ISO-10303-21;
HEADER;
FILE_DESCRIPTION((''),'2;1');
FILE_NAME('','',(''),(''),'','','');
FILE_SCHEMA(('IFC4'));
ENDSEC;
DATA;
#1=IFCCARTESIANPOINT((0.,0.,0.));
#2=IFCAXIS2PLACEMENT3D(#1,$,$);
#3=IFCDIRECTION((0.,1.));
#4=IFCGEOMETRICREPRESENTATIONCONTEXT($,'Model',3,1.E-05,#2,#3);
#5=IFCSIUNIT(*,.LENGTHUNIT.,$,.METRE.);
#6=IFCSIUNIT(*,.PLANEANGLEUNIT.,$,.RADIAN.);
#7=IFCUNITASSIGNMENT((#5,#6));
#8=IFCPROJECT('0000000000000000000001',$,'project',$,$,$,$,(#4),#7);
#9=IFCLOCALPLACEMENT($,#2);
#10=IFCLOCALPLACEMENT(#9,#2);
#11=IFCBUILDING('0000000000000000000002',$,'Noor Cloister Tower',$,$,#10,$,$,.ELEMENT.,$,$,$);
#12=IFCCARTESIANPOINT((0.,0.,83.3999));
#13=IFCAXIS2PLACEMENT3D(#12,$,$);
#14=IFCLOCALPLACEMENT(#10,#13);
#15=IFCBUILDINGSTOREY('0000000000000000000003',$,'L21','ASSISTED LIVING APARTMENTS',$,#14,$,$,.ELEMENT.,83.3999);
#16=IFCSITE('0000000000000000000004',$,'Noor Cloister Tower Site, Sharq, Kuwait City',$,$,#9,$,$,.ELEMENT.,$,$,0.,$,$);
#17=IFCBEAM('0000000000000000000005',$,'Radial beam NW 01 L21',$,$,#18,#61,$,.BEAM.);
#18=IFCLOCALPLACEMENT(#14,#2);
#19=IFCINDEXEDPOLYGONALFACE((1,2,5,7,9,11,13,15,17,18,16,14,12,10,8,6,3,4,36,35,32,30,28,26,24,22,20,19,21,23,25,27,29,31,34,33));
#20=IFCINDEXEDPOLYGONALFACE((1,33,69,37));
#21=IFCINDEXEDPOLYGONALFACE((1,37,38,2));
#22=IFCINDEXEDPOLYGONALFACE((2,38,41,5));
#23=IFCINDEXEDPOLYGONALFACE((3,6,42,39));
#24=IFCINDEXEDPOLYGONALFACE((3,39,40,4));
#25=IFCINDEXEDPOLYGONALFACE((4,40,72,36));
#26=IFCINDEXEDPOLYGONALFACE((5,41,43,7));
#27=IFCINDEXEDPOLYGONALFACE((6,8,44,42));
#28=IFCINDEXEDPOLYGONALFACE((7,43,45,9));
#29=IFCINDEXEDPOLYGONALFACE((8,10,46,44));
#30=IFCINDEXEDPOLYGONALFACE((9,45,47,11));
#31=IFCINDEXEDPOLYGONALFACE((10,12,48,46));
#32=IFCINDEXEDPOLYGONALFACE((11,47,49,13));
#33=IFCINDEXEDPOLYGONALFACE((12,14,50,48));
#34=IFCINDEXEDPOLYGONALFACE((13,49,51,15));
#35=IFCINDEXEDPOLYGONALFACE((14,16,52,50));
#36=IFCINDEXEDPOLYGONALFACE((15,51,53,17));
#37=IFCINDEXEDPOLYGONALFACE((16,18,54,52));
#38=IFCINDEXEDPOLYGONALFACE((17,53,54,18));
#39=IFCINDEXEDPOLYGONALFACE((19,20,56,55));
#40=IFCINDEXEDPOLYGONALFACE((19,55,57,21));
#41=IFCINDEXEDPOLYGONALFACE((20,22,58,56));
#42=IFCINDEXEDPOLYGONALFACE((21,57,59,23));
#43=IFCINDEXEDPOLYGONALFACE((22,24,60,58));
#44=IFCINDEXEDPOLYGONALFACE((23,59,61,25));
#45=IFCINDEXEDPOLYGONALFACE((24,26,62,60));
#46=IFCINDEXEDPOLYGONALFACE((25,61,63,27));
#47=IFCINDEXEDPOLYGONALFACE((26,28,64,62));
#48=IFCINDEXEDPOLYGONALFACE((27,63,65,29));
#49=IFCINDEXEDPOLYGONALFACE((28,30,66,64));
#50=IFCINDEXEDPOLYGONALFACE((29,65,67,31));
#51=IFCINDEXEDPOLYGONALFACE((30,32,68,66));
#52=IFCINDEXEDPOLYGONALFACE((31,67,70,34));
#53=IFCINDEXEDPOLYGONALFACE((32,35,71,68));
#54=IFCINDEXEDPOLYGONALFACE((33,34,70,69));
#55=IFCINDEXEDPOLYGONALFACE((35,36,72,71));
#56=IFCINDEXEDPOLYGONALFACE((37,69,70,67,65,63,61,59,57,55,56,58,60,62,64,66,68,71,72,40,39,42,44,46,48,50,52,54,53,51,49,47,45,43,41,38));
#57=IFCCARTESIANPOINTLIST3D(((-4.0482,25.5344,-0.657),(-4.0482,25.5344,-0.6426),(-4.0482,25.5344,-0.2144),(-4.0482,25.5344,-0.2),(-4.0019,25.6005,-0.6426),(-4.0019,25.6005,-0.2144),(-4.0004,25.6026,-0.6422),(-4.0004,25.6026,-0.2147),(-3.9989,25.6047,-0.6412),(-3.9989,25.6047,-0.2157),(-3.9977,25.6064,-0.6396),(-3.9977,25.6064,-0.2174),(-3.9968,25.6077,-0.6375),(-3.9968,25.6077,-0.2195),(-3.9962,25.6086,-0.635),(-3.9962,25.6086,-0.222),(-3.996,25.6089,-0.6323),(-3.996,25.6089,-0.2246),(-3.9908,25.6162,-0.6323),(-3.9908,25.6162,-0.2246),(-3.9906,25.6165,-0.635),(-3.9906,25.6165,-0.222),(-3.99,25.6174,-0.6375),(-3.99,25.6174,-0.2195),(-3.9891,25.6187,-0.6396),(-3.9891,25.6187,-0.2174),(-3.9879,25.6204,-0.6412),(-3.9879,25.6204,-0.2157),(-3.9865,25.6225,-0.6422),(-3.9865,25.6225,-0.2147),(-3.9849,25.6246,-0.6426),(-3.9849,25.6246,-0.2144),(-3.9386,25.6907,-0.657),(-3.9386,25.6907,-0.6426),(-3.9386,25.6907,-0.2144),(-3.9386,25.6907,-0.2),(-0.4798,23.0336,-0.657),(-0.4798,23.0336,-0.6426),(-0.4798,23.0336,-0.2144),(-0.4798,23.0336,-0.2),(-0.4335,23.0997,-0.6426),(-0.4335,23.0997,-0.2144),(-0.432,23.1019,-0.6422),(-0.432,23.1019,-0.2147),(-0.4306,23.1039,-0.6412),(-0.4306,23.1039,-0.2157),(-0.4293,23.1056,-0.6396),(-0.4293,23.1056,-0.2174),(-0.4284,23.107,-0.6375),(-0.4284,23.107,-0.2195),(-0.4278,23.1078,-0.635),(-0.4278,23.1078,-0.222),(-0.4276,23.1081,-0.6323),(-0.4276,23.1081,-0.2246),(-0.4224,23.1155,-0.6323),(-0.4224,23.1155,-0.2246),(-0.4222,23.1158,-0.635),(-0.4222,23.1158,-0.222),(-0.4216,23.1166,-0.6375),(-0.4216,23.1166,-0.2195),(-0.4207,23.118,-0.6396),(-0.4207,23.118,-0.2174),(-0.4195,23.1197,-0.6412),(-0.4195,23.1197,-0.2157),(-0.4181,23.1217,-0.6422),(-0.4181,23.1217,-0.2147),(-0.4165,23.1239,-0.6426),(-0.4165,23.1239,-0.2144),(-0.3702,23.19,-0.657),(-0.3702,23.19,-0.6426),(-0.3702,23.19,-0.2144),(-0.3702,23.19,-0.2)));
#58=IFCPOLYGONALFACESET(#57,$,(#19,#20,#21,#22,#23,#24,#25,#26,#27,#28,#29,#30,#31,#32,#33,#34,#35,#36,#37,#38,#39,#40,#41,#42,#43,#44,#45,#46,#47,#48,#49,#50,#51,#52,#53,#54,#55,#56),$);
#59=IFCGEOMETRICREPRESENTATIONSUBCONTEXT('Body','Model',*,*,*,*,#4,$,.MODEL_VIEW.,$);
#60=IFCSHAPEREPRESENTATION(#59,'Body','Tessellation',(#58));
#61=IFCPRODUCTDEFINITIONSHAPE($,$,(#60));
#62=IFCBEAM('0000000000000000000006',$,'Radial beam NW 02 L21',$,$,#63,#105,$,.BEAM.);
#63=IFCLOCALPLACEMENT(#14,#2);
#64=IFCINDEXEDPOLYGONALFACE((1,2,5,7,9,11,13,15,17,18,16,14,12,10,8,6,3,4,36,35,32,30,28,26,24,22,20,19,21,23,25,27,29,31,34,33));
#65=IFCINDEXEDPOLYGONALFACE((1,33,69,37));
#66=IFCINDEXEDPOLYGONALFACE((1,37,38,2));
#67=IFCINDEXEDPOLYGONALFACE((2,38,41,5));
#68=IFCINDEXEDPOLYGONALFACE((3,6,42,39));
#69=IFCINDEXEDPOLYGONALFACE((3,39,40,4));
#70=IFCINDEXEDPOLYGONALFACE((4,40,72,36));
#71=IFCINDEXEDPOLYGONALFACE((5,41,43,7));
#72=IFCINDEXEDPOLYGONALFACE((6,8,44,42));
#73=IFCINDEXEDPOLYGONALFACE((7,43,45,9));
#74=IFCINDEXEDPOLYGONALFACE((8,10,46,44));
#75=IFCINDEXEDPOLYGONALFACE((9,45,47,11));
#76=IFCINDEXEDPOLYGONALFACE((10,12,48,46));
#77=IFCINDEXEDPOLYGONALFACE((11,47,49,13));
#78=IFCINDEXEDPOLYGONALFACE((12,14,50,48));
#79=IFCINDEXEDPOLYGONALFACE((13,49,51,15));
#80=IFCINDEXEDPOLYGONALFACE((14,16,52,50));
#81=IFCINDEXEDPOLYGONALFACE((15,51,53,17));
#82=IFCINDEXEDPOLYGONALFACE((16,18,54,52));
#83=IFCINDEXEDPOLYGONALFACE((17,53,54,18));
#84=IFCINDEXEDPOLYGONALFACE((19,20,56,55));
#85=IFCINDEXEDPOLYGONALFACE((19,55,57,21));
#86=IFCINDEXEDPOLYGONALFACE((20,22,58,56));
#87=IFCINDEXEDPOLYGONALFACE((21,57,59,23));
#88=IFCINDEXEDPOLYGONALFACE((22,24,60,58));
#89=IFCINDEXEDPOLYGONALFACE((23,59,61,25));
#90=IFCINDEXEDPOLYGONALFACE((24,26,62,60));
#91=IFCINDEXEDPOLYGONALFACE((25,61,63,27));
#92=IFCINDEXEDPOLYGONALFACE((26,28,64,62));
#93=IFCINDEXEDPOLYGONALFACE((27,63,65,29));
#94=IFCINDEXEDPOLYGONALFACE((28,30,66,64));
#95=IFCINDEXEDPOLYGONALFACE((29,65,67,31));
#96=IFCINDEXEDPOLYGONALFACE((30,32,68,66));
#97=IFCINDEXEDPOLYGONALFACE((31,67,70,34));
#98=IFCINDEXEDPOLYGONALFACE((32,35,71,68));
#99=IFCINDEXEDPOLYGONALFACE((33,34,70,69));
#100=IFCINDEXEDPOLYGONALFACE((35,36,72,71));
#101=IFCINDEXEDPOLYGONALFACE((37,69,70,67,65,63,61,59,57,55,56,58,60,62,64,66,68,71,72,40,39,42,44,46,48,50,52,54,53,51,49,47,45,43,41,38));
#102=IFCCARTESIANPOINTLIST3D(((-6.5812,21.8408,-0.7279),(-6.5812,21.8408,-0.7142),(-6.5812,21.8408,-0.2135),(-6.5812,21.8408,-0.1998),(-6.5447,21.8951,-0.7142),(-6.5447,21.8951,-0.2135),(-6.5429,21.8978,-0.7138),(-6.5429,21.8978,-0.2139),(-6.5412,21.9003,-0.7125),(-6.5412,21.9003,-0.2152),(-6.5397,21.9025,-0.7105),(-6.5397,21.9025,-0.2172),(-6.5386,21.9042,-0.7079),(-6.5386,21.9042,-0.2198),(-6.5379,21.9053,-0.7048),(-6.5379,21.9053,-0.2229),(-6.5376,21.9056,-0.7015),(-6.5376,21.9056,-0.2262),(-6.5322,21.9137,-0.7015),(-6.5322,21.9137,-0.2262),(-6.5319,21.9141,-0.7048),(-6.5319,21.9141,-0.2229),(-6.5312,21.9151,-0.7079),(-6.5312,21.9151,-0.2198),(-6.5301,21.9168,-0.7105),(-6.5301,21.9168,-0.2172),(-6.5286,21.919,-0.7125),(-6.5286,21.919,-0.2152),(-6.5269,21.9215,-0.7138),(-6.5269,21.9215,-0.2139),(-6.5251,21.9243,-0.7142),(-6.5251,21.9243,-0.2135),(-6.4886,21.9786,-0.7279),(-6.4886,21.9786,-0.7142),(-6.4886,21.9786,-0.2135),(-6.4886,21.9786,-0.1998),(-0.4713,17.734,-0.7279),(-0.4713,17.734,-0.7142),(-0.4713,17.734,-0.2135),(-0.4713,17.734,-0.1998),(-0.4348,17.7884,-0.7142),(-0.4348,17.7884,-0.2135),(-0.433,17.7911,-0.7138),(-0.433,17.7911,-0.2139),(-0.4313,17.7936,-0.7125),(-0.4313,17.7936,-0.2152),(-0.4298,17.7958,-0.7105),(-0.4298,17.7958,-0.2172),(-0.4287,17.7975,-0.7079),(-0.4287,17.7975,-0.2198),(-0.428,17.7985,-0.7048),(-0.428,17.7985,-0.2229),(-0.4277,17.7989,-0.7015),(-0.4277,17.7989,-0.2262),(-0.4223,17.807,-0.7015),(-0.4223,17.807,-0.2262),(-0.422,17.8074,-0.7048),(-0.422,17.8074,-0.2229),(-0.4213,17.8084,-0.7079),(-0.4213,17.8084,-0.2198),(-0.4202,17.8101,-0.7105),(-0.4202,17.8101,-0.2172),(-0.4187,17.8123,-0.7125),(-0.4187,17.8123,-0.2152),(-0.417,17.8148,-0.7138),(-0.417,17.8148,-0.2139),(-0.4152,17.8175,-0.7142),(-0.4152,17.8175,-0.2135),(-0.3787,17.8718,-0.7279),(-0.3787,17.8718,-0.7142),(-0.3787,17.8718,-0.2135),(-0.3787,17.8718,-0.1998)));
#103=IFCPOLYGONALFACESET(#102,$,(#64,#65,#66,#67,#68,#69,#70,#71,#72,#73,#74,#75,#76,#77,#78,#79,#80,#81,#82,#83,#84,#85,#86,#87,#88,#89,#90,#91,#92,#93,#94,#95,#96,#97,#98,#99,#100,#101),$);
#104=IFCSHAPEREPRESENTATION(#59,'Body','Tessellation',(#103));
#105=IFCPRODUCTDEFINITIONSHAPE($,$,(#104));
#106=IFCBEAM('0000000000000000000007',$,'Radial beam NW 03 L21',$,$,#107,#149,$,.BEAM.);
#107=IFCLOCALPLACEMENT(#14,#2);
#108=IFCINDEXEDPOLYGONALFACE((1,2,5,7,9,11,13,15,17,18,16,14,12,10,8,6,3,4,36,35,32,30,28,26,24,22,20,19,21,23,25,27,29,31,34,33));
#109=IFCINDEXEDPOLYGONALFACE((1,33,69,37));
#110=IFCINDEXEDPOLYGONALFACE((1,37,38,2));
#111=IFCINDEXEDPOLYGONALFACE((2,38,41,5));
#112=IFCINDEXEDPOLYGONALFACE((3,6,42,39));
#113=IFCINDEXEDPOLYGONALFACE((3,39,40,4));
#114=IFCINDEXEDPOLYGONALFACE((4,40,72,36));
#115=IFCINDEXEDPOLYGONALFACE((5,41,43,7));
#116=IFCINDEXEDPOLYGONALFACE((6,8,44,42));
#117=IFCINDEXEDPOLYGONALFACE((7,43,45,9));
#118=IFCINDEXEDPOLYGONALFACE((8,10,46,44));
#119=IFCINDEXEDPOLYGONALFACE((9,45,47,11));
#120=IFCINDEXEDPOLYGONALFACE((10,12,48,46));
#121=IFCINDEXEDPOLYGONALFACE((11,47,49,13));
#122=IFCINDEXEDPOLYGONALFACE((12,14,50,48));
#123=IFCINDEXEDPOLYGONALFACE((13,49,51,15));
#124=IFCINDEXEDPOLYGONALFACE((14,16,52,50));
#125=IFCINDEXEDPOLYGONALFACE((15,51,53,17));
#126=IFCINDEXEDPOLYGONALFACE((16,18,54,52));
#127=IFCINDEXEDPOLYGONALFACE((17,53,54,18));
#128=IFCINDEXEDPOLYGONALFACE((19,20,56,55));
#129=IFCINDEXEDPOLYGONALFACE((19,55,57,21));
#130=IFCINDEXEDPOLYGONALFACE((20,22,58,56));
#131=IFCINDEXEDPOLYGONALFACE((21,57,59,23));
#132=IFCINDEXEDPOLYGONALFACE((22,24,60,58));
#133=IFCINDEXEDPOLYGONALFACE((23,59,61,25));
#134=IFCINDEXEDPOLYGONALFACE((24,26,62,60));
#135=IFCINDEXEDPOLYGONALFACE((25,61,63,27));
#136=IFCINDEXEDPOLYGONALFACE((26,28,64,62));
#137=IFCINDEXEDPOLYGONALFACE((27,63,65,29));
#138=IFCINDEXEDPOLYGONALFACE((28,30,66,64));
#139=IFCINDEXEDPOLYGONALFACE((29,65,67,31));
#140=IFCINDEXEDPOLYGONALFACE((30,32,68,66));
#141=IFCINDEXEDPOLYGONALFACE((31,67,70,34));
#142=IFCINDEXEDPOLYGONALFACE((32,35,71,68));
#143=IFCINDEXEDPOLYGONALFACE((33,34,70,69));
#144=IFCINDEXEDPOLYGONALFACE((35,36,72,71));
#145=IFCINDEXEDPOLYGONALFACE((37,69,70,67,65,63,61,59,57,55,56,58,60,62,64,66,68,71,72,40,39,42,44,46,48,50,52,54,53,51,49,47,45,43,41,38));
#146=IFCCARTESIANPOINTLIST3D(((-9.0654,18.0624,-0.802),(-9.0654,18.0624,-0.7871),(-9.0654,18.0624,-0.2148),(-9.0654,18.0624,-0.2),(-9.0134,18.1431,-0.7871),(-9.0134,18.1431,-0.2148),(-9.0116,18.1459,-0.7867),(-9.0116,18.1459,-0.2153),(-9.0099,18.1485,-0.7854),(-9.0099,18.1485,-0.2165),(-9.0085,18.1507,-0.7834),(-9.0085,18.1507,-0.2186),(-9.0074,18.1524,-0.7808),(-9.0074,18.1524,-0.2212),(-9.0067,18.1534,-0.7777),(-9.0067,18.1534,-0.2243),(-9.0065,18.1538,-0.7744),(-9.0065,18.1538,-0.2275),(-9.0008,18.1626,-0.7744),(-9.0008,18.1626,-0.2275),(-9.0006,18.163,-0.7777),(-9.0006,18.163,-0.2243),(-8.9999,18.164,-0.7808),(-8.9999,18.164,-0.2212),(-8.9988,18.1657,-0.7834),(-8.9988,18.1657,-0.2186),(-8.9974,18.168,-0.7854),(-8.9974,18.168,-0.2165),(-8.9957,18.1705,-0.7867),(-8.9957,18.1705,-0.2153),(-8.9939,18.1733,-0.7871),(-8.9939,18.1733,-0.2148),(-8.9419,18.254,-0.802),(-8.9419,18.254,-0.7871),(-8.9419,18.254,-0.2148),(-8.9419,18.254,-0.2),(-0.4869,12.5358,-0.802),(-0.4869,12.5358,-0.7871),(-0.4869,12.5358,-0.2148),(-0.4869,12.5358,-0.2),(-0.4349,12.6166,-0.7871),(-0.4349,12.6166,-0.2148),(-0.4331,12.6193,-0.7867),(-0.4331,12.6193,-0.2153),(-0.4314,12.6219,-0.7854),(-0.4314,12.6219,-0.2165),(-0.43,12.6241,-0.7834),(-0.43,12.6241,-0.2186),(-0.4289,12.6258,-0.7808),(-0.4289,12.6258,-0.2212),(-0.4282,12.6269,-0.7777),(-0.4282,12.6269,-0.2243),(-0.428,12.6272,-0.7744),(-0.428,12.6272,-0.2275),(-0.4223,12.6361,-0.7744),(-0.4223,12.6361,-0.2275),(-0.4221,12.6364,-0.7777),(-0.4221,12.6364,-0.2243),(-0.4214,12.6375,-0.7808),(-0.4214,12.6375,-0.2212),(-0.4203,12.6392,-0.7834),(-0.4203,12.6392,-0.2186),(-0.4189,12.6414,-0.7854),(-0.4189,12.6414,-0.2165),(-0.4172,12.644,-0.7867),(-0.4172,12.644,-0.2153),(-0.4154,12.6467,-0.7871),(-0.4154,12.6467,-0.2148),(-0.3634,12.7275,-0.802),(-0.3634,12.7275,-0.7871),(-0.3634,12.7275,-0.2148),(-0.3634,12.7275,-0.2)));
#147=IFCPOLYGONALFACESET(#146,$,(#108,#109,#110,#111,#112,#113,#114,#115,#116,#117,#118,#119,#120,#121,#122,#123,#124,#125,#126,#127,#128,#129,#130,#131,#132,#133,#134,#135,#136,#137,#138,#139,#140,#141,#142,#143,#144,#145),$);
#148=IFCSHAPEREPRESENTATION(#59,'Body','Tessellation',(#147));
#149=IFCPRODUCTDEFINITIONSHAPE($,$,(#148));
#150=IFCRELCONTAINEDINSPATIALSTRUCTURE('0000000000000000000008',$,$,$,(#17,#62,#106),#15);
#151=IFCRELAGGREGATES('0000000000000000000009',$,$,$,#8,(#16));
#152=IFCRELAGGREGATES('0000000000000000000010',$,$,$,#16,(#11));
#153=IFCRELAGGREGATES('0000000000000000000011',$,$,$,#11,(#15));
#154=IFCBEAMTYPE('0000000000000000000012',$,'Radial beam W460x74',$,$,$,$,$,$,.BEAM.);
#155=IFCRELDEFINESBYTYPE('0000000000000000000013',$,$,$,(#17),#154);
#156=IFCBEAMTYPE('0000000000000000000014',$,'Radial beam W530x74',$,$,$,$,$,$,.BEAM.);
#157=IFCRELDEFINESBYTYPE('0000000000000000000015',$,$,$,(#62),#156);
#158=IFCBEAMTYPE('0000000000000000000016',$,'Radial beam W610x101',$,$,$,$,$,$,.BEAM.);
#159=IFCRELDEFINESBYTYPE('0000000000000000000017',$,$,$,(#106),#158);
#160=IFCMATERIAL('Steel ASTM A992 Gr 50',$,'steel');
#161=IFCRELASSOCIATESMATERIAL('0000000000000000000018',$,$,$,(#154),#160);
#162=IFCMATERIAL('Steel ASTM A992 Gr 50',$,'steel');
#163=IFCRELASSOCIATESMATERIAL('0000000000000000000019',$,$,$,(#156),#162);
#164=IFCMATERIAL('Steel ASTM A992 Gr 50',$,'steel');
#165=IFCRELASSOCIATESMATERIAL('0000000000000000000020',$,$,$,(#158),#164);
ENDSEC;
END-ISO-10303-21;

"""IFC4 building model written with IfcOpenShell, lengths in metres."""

from ifc_helpers import new_model, si_unit, direction, frame, origin, origin_2d, place, context, subcontext, project, spatial, i_section, extrude, material, material_profile, profile_set, type_object, element, save


model = new_model("IFC4")

# Units and contexts
model_context = context("Model", 3, precision=1e-05, world=origin(), true_north=direction((0.0, 1.0)))
body_context = subcontext(model_context, "Body", "Model", "MODEL_VIEW")
ifc_project = project(units=[si_unit("LENGTHUNIT", "METRE"), si_unit("PLANEANGLEUNIT", "RADIAN")], contexts=[model_context])

# Site, building, storey
site_placement = place(None, origin())
site = spatial("IfcSite", under=ifc_project, at=site_placement, Name="Noor Cloister Tower Site, Sharq, Kuwait City", CompositionType="ELEMENT", RefElevation=0.0)
building_placement = place(site_placement, origin())
building = spatial("IfcBuilding", under=site, at=building_placement, Name="Noor Cloister Tower", CompositionType="ELEMENT")
storey_placement = place(building_placement, frame((0.0, 0.0, 83.3999)))
storey = spatial("IfcBuildingStorey", under=building, at=storey_placement, Name="L21", Description="ASSISTED LIVING APARTMENTS", CompositionType="ELEMENT", Elevation=83.3999)

# Beams
ifc_material_1 = material(Name="Steel ASTM A992 Gr 50", Category="steel")
ifc_material_profile_1 = material_profile(ifc_material_1, i_section(OverallWidth=0.1909, OverallDepth=0.457, WebThickness=0.009, FlangeThickness=0.0144, FilletRadius=0.0103, at=origin_2d()), Name="W460x74")
ifc_profile_set_1 = profile_set([ifc_material_profile_1], Name="Steel ASTM A992 Gr 50")
beam_type_1 = type_object("IfcBeamType", Name="Radial beam W460x74", PredefinedType="BEAM", material=ifc_profile_set_1)
beam_1_placement = place(storey_placement, frame((-3.9934, 25.6125, -0.4285), z_axis=(0.818921, -0.573906, 0.0), x_axis=(0.573906, 0.818921, 0.0)))
element("IfcBeam", 1, at=beam_1_placement, inside=storey, type_object=beam_type_1, Name="Radial beam NW 01 L21", PredefinedType="BEAM", context=body_context, shape_type="SweptSolid", body=[
    extrude(i_section(OverallWidth=0.1909, OverallDepth=0.457, WebThickness=0.009, FlangeThickness=0.0144, FilletRadius=0.0103, at=origin_2d()), origin(), (0.0, 0.0, 1.0), 4.3574),
])
ifc_material_2 = material(Name="Steel ASTM A992 Gr 50", Category="steel")
ifc_material_profile_2 = material_profile(ifc_material_2, i_section(OverallWidth=0.166, OverallDepth=0.5281, WebThickness=0.0098, FlangeThickness=0.0137, FilletRadius=0.0127, at=origin_2d()), Name="W530x74")
ifc_profile_set_2 = profile_set([ifc_material_profile_2], Name="Steel ASTM A992 Gr 50")
beam_type_2 = type_object("IfcBeamType", Name="Radial beam W530x74", PredefinedType="BEAM", material=ifc_profile_set_2)
beam_2_placement = place(storey_placement, frame((-6.5349, 21.9097, -0.4639), z_axis=(0.829947, -0.557842, 0.0), x_axis=(0.557842, 0.829947, 0.0)))
element("IfcBeam", 2, at=beam_2_placement, inside=storey, type_object=beam_type_2, Name="Radial beam NW 02 L21", PredefinedType="BEAM", context=body_context, shape_type="SweptSolid", body=[
    extrude(i_section(OverallWidth=0.166, OverallDepth=0.5281, WebThickness=0.0098, FlangeThickness=0.0137, FilletRadius=0.0127, at=origin_2d()), origin(), (0.0, 0.0, 1.0), 7.3618),
])
ifc_material_3 = material(Name="Steel ASTM A992 Gr 50", Category="steel")
ifc_material_profile_3 = material_profile(ifc_material_3, i_section(OverallWidth=0.228, OverallDepth=0.6021, WebThickness=0.0105, FlangeThickness=0.0149, FilletRadius=0.0127, at=origin_2d()), Name="W610x101")
ifc_profile_set_3 = profile_set([ifc_material_profile_3], Name="Steel ASTM A992 Gr 50")
beam_type_3 = type_object("IfcBeamType", Name="Radial beam W610x101", PredefinedType="BEAM", material=ifc_profile_set_3)
beam_3_placement = place(storey_placement, frame((-9.0037, 18.1582, -0.501), z_axis=(0.840653, -0.541575, 0.0), x_axis=(0.541575, 0.840653, 0.0)))
element("IfcBeam", 3, at=beam_3_placement, inside=storey, type_object=beam_type_3, Name="Radial beam NW 03 L21", PredefinedType="BEAM", context=body_context, shape_type="SweptSolid", body=[
    extrude(i_section(OverallWidth=0.228, OverallDepth=0.6021, WebThickness=0.0105, FlangeThickness=0.0149, FilletRadius=0.0127, at=origin_2d()), origin(), (0.0, 0.0, 1.0), 10.2046),
])

save(model, "model.ifc")
